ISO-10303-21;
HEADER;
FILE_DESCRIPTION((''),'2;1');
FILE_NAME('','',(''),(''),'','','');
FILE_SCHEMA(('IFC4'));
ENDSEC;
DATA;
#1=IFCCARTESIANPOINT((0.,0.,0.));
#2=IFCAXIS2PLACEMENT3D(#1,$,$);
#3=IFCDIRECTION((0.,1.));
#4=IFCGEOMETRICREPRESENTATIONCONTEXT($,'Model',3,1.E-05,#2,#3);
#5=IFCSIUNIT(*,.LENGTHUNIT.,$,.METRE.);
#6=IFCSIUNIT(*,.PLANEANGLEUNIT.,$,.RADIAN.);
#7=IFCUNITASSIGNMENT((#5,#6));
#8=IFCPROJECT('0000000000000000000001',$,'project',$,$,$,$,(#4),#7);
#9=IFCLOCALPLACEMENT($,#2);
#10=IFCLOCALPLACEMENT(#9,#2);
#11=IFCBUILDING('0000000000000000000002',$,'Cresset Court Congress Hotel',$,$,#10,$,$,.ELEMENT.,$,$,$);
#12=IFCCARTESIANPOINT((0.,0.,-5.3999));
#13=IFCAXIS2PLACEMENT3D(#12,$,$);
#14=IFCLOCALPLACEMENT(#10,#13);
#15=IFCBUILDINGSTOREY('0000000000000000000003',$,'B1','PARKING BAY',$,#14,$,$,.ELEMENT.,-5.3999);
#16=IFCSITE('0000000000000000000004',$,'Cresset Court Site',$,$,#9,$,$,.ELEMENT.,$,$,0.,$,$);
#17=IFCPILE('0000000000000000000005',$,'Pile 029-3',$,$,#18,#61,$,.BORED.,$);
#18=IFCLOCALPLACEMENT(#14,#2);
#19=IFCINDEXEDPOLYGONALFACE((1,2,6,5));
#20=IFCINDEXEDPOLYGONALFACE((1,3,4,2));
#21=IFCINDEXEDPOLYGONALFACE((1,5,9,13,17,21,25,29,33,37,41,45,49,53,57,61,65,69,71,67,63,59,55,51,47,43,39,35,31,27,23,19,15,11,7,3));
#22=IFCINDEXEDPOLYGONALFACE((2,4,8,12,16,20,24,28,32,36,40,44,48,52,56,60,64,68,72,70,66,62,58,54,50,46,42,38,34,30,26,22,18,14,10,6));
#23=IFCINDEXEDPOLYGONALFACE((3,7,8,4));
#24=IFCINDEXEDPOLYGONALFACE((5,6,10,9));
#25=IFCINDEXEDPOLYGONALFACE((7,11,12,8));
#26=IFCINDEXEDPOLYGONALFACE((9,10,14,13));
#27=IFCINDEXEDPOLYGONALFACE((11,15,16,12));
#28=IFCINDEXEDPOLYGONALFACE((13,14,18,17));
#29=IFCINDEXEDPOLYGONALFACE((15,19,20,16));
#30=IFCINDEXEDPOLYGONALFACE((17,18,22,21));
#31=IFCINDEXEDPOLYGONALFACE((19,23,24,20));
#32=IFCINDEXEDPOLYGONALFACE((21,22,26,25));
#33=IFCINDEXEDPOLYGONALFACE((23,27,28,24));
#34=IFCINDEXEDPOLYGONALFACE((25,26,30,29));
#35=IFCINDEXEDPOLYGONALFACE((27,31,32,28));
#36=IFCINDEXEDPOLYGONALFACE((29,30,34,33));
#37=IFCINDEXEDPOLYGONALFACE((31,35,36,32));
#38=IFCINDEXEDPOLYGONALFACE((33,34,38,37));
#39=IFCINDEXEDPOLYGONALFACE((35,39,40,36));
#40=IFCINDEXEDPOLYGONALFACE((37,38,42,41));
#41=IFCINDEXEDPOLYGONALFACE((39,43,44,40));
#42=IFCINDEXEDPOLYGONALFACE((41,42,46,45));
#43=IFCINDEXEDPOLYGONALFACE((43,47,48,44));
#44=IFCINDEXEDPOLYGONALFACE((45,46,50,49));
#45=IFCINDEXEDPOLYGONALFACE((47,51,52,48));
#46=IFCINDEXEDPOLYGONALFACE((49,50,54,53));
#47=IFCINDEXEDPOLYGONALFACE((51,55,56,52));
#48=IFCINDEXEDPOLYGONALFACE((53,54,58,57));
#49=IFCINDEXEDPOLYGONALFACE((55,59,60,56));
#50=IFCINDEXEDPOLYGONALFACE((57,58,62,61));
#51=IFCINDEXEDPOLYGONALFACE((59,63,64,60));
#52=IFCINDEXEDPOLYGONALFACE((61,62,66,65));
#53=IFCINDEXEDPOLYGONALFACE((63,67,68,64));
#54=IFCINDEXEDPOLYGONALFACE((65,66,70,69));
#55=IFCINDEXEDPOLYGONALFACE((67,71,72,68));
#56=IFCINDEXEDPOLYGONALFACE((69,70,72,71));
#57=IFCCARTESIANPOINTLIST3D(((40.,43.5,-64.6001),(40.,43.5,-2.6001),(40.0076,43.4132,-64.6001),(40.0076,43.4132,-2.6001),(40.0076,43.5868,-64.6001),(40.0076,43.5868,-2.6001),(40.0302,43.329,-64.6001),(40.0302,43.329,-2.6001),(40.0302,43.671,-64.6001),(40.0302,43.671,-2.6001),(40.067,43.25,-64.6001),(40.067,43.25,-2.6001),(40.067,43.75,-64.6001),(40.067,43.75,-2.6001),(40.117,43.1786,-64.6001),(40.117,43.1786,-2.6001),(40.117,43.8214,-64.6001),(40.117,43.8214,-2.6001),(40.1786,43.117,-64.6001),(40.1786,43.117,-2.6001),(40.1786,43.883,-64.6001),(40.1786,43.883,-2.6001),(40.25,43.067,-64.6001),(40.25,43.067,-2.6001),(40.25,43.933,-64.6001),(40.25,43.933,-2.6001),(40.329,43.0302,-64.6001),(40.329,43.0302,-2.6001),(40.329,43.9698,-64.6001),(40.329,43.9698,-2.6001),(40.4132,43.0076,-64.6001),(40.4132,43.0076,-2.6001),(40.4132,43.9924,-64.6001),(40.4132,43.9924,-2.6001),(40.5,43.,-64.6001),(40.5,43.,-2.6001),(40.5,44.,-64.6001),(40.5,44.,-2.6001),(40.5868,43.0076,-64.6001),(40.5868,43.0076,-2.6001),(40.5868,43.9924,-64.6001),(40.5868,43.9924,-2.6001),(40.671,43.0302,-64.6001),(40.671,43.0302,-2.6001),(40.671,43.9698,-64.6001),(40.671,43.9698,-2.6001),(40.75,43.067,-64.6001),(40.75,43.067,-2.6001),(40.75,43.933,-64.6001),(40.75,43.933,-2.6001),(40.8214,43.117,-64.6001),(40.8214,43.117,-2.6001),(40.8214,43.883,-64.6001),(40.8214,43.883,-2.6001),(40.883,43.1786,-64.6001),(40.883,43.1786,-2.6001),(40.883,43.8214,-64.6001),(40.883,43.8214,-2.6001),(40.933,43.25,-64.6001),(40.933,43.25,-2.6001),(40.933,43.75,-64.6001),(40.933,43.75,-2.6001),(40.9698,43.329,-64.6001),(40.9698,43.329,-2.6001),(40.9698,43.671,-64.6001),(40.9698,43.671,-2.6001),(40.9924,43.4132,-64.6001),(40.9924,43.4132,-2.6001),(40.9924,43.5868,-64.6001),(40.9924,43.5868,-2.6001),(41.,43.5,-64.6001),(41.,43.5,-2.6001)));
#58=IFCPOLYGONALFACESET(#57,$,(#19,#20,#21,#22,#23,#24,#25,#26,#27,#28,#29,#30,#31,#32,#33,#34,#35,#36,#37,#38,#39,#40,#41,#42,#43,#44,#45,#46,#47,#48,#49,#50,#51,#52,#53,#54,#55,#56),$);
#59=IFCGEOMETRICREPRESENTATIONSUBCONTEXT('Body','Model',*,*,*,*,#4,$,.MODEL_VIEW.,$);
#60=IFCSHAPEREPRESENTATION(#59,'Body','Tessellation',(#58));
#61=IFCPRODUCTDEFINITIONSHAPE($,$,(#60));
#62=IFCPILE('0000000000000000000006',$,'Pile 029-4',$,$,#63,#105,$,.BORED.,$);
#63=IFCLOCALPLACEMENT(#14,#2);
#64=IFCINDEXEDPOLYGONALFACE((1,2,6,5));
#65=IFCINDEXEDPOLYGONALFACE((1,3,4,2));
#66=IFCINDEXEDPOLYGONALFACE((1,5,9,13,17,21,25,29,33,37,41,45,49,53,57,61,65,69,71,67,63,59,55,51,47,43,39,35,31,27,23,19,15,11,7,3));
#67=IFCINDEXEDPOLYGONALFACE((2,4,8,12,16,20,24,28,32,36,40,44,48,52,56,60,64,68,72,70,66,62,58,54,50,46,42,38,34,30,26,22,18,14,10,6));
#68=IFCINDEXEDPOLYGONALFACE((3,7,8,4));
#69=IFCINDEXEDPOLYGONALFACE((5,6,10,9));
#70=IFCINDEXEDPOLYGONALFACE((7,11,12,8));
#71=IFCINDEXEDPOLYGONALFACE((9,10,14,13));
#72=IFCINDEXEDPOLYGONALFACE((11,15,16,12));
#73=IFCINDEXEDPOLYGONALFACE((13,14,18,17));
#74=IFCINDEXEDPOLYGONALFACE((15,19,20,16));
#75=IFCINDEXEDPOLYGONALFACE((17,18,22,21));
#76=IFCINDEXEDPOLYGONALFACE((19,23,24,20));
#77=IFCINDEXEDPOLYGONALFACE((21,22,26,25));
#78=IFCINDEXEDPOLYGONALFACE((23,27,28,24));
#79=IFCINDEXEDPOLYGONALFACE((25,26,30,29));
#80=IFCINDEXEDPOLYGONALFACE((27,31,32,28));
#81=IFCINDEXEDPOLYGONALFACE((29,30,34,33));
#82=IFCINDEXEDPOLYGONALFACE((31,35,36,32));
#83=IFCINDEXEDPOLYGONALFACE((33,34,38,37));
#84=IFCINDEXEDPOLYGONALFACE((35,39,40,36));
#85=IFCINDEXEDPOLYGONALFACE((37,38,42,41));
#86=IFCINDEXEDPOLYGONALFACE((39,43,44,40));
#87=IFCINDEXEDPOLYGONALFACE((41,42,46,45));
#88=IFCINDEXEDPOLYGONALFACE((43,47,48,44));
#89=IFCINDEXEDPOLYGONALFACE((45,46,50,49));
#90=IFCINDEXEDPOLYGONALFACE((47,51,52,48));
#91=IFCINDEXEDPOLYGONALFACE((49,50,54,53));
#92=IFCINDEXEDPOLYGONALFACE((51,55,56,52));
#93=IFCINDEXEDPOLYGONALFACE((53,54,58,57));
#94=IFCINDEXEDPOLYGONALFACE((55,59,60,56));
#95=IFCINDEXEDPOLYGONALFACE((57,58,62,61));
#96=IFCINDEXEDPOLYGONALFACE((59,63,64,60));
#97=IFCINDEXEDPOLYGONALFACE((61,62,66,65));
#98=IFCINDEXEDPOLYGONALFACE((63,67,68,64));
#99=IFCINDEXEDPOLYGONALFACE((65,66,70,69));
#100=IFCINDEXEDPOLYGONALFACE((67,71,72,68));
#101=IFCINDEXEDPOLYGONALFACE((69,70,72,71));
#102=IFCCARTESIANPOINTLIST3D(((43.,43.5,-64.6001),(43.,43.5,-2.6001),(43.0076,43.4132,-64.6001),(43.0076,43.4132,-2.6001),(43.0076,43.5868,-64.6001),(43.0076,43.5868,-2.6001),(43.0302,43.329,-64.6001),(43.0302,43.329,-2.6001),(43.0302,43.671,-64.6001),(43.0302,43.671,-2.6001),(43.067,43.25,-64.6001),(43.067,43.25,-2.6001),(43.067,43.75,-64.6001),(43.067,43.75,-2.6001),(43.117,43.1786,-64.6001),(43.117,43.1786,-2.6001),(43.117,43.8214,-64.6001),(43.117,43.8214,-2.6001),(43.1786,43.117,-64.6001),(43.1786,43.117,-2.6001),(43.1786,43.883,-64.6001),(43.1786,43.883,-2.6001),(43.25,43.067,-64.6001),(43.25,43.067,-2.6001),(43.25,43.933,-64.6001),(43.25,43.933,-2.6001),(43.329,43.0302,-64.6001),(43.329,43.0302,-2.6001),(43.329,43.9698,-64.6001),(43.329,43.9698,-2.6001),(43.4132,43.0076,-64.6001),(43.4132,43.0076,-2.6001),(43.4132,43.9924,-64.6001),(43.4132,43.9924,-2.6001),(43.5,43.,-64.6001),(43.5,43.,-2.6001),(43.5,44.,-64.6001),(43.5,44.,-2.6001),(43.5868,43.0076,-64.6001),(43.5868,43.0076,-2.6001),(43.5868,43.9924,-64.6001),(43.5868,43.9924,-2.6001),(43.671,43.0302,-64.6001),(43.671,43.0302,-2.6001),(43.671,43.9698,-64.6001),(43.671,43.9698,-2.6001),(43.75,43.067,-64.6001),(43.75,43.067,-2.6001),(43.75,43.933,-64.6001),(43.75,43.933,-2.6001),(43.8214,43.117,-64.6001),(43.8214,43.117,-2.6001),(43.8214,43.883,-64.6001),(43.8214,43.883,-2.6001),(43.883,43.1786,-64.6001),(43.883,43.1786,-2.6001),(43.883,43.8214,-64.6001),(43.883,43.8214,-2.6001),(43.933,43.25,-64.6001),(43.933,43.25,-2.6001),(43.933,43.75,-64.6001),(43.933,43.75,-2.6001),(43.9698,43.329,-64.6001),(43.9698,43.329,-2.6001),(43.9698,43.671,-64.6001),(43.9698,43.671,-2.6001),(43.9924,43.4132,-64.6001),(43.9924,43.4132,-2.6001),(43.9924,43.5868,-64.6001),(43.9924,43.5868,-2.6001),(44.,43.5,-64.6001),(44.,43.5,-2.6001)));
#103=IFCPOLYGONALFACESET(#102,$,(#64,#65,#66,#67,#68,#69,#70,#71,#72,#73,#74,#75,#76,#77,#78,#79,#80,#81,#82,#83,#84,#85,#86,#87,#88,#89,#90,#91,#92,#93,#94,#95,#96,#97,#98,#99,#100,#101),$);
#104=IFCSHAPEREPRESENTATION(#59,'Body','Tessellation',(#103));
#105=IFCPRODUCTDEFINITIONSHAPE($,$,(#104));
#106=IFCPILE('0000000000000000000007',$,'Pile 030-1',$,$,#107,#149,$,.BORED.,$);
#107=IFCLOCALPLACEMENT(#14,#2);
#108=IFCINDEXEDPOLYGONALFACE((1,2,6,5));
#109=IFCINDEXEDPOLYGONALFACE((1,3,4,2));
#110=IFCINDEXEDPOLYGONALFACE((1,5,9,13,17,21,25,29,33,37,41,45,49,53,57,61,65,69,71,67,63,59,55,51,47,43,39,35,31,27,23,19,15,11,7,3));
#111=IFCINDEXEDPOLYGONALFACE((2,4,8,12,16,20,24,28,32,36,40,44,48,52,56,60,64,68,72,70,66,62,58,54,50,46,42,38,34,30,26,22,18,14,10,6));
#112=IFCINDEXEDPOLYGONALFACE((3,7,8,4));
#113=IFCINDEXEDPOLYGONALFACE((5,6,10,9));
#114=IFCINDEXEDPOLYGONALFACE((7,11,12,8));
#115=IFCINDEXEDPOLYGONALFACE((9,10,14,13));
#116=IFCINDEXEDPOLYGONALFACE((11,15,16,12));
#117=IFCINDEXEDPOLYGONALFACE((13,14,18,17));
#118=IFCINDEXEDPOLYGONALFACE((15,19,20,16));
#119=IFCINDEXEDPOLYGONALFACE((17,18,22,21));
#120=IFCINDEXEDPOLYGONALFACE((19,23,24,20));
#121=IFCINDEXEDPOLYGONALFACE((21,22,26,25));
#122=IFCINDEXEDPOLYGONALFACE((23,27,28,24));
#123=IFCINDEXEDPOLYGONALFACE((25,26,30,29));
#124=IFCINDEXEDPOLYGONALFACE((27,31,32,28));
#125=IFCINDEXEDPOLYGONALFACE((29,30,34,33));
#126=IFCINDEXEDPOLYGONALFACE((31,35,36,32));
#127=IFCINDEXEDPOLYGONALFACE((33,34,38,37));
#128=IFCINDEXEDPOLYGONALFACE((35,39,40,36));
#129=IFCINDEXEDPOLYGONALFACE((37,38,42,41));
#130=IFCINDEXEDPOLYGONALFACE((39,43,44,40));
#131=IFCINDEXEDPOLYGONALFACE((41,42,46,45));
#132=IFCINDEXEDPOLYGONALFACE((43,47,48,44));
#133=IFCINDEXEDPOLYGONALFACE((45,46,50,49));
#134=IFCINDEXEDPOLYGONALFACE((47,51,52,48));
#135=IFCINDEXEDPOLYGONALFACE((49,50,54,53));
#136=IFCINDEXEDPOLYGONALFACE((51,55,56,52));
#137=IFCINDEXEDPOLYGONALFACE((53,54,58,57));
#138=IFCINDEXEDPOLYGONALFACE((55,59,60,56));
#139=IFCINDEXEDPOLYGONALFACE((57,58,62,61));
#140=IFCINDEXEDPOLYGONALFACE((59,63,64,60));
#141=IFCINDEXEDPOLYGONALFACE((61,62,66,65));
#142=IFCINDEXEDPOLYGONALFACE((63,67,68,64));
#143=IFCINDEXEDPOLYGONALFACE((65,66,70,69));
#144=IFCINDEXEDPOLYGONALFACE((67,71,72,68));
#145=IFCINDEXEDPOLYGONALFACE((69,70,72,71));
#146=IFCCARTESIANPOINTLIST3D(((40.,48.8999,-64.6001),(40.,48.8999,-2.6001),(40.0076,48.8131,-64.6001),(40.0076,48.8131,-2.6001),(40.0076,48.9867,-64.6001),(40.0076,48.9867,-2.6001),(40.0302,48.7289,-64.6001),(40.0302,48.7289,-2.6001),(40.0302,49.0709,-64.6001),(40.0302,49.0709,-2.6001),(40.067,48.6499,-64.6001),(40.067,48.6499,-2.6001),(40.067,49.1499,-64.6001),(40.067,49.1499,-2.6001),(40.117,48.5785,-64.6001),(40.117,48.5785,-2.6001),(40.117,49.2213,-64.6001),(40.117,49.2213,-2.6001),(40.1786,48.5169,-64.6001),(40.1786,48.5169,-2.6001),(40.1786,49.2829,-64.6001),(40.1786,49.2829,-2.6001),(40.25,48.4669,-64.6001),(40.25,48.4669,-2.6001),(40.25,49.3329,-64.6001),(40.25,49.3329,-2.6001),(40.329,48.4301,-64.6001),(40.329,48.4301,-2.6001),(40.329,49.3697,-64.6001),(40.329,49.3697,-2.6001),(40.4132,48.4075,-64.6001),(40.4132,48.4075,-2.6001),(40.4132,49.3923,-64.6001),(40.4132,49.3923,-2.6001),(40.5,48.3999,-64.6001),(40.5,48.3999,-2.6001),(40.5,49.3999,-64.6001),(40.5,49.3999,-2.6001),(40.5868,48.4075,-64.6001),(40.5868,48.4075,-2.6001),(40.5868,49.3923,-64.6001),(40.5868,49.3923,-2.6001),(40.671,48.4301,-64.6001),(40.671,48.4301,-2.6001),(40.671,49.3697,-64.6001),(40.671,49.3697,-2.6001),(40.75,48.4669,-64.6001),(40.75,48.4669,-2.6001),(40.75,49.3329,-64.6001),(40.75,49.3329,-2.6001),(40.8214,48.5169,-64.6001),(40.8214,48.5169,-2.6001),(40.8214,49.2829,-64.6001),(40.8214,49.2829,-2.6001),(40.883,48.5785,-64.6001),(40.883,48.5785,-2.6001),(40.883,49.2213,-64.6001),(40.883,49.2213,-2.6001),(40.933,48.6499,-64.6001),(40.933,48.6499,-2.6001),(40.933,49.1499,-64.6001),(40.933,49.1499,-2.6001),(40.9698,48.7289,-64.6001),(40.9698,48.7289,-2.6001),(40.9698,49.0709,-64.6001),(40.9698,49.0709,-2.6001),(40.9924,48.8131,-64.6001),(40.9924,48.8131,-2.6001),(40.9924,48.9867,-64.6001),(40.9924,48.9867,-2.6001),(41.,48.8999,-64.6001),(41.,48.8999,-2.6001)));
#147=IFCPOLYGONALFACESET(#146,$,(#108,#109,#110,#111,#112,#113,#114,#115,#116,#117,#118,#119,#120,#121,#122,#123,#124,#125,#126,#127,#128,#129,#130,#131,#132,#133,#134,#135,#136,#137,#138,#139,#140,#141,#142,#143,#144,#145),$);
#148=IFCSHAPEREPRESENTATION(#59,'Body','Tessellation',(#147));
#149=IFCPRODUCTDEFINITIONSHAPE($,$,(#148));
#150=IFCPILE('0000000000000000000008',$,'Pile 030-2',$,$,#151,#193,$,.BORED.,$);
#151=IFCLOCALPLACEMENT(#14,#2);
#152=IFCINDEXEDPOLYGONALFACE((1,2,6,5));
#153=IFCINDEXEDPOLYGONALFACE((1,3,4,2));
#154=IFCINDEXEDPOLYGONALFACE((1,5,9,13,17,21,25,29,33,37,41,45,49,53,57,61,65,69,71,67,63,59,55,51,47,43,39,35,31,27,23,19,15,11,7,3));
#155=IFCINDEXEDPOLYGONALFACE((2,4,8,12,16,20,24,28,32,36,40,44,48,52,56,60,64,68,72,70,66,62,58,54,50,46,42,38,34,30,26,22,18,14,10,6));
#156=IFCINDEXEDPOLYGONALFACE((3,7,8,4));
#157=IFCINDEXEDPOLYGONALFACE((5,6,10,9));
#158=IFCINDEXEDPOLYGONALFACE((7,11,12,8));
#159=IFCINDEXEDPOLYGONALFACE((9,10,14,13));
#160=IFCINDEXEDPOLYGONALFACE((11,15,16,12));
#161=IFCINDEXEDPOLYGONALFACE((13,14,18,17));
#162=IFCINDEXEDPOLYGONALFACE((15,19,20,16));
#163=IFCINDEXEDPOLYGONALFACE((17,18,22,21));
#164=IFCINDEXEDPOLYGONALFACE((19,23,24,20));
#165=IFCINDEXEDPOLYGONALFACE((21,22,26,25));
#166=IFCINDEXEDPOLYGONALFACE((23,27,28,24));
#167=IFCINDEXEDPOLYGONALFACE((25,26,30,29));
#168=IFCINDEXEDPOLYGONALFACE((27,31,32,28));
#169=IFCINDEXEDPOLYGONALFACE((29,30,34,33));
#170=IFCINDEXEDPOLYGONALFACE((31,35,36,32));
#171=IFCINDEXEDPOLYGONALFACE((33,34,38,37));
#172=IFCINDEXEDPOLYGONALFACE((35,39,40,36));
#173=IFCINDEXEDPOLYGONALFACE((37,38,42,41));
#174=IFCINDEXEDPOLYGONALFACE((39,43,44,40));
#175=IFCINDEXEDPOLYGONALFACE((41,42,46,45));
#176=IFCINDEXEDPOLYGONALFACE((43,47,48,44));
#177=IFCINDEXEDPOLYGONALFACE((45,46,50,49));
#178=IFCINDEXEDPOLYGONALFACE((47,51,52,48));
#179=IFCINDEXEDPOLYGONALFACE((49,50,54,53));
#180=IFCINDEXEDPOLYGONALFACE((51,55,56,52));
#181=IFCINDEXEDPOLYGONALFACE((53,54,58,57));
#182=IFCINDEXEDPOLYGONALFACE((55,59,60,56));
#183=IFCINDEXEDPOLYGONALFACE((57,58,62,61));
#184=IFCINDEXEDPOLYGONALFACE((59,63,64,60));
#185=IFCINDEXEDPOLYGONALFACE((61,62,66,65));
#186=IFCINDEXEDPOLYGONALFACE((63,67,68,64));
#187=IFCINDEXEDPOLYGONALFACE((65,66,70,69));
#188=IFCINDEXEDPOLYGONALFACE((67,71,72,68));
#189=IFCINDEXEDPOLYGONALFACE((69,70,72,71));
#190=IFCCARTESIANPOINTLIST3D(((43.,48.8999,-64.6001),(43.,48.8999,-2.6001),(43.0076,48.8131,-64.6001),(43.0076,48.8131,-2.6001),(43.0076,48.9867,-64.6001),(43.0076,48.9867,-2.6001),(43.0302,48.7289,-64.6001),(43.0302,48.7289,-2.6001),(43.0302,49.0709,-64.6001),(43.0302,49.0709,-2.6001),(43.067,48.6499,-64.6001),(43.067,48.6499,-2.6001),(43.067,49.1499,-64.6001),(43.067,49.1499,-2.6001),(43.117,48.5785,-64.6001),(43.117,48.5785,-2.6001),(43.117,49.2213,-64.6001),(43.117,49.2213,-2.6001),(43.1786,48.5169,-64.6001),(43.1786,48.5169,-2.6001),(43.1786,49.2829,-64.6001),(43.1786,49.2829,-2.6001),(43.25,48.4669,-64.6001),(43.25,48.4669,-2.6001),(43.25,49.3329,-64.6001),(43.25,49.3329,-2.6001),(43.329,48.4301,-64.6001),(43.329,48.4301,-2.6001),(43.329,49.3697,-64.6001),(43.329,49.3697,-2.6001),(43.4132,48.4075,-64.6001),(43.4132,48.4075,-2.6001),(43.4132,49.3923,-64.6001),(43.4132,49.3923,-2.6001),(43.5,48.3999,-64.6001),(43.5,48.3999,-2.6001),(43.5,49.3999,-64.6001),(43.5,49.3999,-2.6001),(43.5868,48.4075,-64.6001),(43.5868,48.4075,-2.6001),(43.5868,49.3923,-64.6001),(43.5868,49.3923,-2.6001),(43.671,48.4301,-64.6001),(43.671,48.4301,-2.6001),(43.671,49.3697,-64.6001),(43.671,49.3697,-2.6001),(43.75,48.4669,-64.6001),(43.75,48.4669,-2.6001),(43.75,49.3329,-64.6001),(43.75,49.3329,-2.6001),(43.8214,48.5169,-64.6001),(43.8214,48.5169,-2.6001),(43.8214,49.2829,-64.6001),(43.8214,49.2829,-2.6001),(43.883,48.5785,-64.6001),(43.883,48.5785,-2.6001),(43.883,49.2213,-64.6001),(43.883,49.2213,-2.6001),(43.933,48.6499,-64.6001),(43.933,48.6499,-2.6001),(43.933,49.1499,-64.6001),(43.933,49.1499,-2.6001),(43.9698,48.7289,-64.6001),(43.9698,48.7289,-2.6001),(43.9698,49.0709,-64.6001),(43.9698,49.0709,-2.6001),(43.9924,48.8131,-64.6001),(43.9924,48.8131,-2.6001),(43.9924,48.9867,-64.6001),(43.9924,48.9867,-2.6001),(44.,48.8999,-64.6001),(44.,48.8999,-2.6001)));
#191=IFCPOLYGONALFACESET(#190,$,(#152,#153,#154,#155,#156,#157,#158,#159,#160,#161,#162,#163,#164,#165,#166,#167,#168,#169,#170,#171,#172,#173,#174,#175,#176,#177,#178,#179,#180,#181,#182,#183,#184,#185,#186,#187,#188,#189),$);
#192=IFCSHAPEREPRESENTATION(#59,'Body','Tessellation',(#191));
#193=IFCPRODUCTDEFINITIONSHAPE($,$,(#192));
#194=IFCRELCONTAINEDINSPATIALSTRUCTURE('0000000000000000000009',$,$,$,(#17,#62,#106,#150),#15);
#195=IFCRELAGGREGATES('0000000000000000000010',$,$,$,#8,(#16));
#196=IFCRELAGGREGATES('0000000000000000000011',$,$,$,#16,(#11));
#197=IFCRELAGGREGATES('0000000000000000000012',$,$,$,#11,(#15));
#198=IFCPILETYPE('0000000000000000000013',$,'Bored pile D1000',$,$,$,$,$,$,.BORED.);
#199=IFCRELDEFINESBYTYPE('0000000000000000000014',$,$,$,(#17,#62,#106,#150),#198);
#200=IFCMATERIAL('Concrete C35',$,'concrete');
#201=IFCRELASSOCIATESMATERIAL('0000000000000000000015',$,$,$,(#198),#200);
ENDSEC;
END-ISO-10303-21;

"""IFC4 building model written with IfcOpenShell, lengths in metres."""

from ifc_helpers import new_model, si_unit, direction, frame, origin, origin_2d, place, context, subcontext, project, spatial, circle, extrude, material, type_object, element, save


model = new_model("IFC4")

# Units and contexts
model_context = context("Model", 3, precision=1e-05, world=origin(), true_north=direction((0.0, 1.0)))
body_context = subcontext(model_context, "Body", "Model", "MODEL_VIEW")
ifc_project = project(units=[si_unit("LENGTHUNIT", "METRE"), si_unit("PLANEANGLEUNIT", "RADIAN")], contexts=[model_context])

# Site, building, storey
site_placement = place(None, origin())
site = spatial("IfcSite", under=ifc_project, at=site_placement, Name="Cresset Court Site", CompositionType="ELEMENT", RefElevation=0.0)
building_placement = place(site_placement, origin())
building = spatial("IfcBuilding", under=site, at=building_placement, Name="Cresset Court Congress Hotel", CompositionType="ELEMENT")
storey_placement = place(building_placement, frame((0.0, 0.0, -5.3999)))
storey = spatial("IfcBuildingStorey", under=building, at=storey_placement, Name="B1", Description="PARKING BAY", CompositionType="ELEMENT", Elevation=-5.3999)

# Piles
ifc_material_1 = material(Name="Concrete C35", Category="concrete")
pile_type = type_object("IfcPileType", Name="Bored pile D1000", PredefinedType="BORED", material=ifc_material_1)
for number, where, z_axis, x_axis, name in (
    (1, (40.5, 43.5, -2.6001), (0.0, 0.0, -1.0), (1.0, 0.0, 0.0), "Pile 029-3"),
    (2, (43.5, 43.5, -2.6001), (0.0, 0.0, -1.0), (1.0, 0.0, 0.0), "Pile 029-4"),
    (3, (40.5, 48.8999, -2.6001), (0.0, 0.0, -1.0), (1.0, 0.0, 0.0), "Pile 030-1"),
    (4, (43.5, 48.8999, -2.6001), (0.0, 0.0, -1.0), (1.0, 0.0, 0.0), "Pile 030-2"),
):
    element("IfcPile", number, at=place(storey_placement, frame(where, z_axis=z_axis, x_axis=x_axis)), inside=storey, type_object=pile_type, Name=name, PredefinedType="BORED", context=body_context, shape_type="SweptSolid", body=[
        extrude(circle(Radius=0.5, at=origin_2d()), origin(), (0.0, 0.0, 1.0), 62.0),
    ])

save(model, "model.ifc")
